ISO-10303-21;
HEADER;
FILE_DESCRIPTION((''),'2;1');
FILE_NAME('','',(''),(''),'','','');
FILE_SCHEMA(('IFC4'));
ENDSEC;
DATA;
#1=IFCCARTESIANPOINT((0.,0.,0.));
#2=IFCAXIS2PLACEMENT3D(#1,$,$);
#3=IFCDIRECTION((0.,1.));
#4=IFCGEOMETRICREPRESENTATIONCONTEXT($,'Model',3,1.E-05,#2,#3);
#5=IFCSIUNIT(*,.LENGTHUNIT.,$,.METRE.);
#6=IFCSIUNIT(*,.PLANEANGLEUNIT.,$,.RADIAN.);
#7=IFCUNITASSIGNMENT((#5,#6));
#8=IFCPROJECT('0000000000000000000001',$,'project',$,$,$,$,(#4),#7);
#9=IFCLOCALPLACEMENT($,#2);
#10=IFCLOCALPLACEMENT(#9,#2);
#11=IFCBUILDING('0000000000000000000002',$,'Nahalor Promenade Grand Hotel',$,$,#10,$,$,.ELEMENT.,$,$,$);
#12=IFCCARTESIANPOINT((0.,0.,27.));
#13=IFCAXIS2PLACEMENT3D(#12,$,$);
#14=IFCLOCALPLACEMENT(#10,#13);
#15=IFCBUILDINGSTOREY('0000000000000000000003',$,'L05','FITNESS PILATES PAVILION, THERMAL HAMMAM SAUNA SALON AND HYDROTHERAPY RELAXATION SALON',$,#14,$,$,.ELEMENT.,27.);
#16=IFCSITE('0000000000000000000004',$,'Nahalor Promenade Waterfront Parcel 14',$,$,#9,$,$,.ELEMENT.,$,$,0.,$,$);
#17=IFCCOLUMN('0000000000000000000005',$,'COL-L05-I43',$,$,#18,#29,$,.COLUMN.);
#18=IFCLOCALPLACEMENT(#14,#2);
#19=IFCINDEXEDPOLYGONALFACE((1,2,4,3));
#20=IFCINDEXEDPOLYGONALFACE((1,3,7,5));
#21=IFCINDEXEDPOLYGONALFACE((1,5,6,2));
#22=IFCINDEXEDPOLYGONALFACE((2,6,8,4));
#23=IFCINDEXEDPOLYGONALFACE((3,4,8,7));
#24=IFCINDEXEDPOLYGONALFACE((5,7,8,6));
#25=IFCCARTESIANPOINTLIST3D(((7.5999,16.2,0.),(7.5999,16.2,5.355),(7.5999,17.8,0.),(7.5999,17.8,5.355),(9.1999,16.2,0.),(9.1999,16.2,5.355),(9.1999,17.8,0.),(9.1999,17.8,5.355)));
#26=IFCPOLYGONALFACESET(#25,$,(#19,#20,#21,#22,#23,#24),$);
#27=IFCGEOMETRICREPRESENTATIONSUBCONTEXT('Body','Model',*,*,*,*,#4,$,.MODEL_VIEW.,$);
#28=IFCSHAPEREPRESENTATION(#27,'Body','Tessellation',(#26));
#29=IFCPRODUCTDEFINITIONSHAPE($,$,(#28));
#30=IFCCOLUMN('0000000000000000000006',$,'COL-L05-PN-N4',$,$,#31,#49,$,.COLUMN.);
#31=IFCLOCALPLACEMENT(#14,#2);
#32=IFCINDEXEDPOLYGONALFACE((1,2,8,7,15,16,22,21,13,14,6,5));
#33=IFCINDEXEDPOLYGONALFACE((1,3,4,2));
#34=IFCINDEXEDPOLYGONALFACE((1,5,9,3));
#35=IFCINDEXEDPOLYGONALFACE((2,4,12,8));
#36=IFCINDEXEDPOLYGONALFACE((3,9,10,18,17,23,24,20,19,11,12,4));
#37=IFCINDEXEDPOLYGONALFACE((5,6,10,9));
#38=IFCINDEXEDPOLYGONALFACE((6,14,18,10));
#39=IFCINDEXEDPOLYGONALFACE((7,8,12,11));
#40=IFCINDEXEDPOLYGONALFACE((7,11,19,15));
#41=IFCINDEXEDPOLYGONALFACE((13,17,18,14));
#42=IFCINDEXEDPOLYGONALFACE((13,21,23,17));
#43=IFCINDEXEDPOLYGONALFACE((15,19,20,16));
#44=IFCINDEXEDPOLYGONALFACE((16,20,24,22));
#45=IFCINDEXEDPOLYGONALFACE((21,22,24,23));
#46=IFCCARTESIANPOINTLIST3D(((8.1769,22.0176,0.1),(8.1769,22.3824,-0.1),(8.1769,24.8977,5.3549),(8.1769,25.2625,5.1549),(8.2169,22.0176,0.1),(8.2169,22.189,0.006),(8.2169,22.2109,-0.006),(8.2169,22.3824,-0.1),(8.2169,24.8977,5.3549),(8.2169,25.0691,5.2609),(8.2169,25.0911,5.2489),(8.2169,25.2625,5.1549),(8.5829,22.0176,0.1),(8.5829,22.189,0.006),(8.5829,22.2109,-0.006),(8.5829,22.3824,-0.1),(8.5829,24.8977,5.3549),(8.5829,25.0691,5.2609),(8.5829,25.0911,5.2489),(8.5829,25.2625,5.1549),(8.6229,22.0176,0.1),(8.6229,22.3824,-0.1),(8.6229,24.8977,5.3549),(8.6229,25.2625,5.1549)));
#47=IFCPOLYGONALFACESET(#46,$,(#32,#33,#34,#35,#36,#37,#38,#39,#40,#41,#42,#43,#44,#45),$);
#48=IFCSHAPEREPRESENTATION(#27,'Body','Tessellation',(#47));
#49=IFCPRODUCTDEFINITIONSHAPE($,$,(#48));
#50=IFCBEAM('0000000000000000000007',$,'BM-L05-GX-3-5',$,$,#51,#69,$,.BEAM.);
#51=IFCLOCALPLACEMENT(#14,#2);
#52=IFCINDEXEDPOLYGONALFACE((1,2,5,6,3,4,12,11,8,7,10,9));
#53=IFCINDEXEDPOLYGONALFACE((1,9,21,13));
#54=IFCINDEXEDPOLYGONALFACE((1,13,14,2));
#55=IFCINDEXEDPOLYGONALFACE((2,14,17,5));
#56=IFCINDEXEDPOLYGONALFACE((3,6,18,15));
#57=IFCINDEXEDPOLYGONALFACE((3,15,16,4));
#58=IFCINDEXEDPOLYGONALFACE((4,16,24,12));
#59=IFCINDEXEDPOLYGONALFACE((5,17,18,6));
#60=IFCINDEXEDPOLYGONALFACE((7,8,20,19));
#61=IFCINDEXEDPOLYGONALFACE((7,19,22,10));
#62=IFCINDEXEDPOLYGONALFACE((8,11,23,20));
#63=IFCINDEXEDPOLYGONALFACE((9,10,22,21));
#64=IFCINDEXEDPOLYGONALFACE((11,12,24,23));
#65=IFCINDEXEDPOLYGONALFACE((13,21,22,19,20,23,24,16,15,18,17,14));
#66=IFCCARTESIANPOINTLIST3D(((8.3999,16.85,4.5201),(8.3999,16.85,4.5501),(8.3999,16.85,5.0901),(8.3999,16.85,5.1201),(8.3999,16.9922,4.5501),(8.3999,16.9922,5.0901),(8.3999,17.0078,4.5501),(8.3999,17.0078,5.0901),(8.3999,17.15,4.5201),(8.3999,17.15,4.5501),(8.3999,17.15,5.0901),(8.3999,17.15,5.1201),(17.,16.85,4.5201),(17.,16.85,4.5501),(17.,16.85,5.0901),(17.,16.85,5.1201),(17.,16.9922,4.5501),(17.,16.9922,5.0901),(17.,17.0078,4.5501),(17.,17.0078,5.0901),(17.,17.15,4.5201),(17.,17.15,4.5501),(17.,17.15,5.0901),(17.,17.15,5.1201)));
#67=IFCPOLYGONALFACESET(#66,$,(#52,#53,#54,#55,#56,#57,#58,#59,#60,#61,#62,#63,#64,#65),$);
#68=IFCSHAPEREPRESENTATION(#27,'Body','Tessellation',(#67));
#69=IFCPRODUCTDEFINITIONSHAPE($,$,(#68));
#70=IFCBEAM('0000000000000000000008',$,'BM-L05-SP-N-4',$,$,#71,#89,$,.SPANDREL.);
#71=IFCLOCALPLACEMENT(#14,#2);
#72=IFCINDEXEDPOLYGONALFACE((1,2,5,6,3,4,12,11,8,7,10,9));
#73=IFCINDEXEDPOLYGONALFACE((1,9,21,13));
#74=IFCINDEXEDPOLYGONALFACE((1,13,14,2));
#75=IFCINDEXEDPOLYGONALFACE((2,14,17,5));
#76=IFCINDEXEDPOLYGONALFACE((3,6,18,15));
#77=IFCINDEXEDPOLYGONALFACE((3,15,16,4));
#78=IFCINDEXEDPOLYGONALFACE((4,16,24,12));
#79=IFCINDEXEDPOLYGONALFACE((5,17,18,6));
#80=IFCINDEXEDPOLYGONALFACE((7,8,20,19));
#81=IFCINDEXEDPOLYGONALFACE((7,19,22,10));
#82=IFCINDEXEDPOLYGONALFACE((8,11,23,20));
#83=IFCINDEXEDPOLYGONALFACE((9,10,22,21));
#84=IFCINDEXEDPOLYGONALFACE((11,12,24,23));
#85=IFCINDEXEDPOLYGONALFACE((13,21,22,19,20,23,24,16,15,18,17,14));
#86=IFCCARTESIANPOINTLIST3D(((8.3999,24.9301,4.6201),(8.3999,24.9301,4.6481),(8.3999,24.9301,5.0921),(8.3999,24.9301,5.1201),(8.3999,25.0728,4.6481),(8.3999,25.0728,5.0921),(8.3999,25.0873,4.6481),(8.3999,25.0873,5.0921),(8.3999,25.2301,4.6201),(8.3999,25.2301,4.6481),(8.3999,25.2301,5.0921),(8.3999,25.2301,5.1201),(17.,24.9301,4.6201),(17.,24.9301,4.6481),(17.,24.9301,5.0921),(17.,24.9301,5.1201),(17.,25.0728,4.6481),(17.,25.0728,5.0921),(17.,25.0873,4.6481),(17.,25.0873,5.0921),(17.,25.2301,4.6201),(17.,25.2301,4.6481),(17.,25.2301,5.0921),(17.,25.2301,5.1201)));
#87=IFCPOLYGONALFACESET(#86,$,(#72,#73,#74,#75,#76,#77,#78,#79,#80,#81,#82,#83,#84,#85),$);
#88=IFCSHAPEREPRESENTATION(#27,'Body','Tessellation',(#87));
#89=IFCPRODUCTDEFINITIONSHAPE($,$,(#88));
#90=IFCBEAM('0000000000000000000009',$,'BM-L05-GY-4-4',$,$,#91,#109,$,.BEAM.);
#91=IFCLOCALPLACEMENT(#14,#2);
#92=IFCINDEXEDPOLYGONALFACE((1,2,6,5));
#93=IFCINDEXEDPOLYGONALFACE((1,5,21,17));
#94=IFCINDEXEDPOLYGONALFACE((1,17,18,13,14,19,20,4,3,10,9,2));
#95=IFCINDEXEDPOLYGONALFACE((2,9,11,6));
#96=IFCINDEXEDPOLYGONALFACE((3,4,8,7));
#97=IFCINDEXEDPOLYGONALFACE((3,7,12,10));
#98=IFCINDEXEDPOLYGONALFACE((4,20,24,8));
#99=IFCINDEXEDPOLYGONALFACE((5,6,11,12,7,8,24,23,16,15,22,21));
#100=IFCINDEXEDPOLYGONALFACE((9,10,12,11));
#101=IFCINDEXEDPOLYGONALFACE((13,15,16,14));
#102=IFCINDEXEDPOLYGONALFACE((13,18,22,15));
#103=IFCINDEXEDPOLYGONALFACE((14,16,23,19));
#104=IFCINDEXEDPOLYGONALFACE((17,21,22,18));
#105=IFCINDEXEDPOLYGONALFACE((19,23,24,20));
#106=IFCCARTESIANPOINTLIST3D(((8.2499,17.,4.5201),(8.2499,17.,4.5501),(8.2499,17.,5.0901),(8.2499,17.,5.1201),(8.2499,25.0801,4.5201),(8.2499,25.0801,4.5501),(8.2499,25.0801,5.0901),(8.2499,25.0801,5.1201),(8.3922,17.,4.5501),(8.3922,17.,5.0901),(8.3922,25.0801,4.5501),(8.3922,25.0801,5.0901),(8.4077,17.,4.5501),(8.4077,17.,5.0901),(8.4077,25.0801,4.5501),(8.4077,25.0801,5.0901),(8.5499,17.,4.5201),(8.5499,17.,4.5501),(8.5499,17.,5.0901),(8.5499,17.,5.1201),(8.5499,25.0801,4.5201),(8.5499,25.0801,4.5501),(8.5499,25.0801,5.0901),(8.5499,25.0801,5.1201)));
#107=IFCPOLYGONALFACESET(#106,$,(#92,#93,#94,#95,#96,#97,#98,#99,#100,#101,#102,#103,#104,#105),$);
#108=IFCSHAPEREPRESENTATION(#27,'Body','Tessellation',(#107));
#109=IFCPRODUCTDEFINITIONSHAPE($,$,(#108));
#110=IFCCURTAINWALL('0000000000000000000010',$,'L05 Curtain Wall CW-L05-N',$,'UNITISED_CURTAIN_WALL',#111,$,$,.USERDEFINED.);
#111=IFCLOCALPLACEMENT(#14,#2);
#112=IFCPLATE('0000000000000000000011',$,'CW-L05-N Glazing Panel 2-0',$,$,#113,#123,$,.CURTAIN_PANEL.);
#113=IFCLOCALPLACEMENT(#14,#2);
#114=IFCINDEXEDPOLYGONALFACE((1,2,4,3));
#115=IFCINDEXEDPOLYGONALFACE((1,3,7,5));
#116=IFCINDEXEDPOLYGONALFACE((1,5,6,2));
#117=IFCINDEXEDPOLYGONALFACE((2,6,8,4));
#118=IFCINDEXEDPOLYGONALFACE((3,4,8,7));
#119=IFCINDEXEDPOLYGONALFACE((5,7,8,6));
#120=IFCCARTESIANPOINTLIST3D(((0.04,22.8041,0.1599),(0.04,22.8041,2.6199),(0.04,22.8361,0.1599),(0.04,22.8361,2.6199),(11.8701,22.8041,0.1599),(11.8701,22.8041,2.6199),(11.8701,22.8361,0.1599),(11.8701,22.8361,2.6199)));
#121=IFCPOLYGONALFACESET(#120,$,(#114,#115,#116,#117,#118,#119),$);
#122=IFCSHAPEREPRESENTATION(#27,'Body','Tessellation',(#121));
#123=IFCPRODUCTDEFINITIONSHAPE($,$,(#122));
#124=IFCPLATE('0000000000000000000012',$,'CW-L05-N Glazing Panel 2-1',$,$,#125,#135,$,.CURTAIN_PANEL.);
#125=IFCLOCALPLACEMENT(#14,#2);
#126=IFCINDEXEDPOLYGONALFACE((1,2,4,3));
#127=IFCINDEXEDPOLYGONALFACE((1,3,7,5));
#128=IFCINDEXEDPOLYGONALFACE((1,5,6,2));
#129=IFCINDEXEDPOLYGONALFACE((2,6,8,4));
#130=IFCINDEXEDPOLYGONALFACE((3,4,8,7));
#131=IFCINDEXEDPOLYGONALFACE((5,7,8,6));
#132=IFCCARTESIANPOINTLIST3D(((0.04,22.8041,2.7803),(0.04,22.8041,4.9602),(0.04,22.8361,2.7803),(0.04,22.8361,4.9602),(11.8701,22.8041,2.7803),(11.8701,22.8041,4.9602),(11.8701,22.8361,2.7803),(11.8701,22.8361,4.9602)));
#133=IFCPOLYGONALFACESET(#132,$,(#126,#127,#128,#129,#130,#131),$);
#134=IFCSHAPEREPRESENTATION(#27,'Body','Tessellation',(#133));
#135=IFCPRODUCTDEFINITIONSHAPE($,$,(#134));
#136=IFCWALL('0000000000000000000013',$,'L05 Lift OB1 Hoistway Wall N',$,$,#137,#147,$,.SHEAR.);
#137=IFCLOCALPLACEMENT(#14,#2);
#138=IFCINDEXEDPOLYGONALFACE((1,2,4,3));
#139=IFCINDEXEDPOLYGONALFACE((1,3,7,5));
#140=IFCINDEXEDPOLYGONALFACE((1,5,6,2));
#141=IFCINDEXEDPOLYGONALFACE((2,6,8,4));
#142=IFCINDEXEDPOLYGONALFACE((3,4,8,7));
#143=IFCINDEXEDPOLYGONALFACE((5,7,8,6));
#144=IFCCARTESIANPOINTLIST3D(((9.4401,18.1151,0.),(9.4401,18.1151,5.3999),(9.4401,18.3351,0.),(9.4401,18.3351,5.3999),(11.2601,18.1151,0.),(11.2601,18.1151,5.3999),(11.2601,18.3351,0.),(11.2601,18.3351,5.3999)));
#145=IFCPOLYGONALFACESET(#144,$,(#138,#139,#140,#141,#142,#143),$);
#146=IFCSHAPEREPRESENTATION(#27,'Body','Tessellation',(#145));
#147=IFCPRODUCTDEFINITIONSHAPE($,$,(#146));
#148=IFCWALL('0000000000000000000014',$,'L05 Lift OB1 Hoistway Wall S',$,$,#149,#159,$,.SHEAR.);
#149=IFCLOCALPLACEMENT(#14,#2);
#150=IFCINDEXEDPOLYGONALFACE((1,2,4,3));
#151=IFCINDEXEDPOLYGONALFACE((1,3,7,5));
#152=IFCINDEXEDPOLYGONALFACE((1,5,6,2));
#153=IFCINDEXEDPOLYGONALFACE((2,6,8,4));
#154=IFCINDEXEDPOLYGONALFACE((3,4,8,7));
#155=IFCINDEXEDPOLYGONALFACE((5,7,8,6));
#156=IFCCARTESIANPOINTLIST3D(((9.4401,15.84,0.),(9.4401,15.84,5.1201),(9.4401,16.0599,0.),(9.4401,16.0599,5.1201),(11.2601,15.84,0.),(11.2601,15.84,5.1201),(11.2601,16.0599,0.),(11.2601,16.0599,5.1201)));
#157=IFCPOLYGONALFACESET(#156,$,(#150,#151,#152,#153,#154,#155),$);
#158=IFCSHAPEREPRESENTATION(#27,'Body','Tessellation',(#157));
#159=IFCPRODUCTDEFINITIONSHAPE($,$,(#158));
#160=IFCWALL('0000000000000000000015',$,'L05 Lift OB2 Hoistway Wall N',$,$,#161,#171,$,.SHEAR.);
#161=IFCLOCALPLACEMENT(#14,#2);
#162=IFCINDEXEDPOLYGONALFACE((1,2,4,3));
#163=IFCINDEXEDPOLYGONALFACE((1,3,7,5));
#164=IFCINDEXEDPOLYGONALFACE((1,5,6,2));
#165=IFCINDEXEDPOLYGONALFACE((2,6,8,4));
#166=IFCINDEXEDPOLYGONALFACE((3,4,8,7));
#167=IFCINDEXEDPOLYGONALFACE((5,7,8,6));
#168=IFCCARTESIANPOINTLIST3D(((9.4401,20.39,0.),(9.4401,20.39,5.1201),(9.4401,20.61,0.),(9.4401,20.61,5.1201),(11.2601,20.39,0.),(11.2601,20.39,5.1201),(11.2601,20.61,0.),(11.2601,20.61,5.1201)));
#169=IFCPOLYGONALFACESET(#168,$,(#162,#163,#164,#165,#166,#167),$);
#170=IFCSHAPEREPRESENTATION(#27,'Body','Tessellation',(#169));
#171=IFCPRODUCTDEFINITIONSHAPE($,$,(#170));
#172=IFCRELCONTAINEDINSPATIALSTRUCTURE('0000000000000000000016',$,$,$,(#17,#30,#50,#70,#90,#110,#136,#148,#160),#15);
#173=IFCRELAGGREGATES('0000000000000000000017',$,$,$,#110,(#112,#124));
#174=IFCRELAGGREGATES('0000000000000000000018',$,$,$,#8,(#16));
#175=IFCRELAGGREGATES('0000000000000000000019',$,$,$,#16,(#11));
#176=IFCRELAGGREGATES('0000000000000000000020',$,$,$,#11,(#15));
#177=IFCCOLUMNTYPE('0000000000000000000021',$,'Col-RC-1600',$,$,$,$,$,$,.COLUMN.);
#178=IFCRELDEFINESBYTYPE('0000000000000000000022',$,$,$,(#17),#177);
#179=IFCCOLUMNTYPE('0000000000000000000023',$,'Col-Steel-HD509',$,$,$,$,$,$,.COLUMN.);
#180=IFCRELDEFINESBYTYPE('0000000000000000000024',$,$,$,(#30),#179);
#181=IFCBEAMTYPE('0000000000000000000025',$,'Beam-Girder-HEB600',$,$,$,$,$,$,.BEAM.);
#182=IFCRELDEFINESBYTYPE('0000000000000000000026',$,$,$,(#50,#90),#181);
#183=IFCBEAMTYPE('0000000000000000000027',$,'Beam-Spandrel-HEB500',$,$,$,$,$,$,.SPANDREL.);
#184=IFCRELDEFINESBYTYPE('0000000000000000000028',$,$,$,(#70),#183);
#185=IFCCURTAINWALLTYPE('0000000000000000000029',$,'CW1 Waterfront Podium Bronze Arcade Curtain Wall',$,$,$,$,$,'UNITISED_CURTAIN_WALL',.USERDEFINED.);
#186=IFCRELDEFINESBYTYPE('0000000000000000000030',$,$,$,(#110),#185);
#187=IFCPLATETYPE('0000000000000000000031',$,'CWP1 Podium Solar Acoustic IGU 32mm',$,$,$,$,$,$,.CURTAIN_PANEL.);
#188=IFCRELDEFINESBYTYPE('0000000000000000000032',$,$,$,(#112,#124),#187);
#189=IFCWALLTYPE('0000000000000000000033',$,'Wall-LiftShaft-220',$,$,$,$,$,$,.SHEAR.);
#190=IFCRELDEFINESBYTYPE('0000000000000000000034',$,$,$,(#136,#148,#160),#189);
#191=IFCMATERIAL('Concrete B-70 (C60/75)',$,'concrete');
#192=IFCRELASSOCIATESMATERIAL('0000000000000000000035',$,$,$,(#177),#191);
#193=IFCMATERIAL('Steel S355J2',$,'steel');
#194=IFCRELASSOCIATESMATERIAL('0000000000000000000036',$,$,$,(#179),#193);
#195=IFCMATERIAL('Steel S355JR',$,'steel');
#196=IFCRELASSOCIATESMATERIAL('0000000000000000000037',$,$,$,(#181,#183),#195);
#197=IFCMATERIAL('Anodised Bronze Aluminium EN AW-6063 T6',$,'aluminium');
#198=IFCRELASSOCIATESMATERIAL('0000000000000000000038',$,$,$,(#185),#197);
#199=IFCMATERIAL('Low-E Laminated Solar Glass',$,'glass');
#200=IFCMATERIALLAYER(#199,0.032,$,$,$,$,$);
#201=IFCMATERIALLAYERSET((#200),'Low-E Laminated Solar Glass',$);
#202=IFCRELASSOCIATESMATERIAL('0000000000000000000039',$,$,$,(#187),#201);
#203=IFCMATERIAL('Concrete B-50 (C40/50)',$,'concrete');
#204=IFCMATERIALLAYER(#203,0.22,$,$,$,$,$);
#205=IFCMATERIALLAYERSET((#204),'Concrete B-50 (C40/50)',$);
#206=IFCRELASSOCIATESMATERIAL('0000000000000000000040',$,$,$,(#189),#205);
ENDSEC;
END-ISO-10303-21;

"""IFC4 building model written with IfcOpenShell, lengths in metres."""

from ifc_helpers import new_model, si_unit, direction, frame, frame_2d, origin, origin_2d, place, context, subcontext, project, spatial, rectangle, i_section, extrude, source, transform, mapped, material, layer, layer_set, material_profile, profile_set, type_object, element, aggregate, save


model = new_model("IFC4")

# Units and contexts
model_context = context("Model", 3, precision=1e-05, world=origin(), true_north=direction((0.0, 1.0)))
body_context = subcontext(model_context, "Body", "Model", "MODEL_VIEW")
ifc_project = project(units=[si_unit("LENGTHUNIT", "METRE"), si_unit("PLANEANGLEUNIT", "RADIAN")], contexts=[model_context])

# Site, building, storey
site_placement = place(None, origin())
site = spatial("IfcSite", under=ifc_project, at=site_placement, Name="Nahalor Promenade Waterfront Parcel 14", CompositionType="ELEMENT", RefElevation=0.0)
building_placement = place(site_placement, origin())
building = spatial("IfcBuilding", under=site, at=building_placement, Name="Nahalor Promenade Grand Hotel", CompositionType="ELEMENT")
storey_placement = place(building_placement, frame((0.0, 0.0, 27.0)))
storey = spatial("IfcBuildingStorey", under=building, at=storey_placement, Name="L05", Description="FITNESS PILATES PAVILION, THERMAL HAMMAM SAUNA SALON AND HYDROTHERAPY RELAXATION SALON", CompositionType="ELEMENT", Elevation=27.0)

# Columns
ifc_material_1 = material(Name="Concrete B-70 (C60/75)", Category="concrete")
ifc_material_profile_1 = material_profile(ifc_material_1, rectangle(XDim=1.6, YDim=1.6, at=origin_2d()), Name="RC 1600x1600")
ifc_profile_set_1 = profile_set([ifc_material_profile_1], Name="Concrete B-70 (C60/75)")
column_type_1 = type_object("IfcColumnType", Name="Col-RC-1600", PredefinedType="COLUMN", material=ifc_profile_set_1)
shared_shape_1 = source(origin(), body_context, "Body", "SweptSolid", [
    extrude(rectangle(XDim=1.6, YDim=1.6, at=origin_2d()), origin(), (0.0, 0.0, 1.0), 5.355),
])
column_1_placement = place(storey_placement, frame((8.3999, 17.0, 0.0), z_axis=(0.0, 0.0, 1.0), x_axis=(1.0, 0.0, 0.0)))
element("IfcColumn", 1, at=column_1_placement, inside=storey, type_object=column_type_1, Name="COL-L05-I43", PredefinedType="COLUMN", context=body_context, shape_type="MappedRepresentation", body=[
    mapped(shared_shape_1, transform((0.0, 0.0, 0.0), scale=1.0)),
])
ifc_material_2 = material(Name="Steel S355J2", Category="steel")
ifc_material_profile_2 = material_profile(ifc_material_2, i_section(OverallWidth=0.416, OverallDepth=0.446, WebThickness=0.025, FlangeThickness=0.04, at=origin_2d()), Name="HD 400x509")
ifc_profile_set_2 = profile_set([ifc_material_profile_2], Name="Steel S355J2")
column_type_2 = type_object("IfcColumnType", Name="Col-Steel-HD509", PredefinedType="COLUMN", material=ifc_profile_set_2)
shared_shape_2 = source(origin(), body_context, "Body", "SweptSolid", [
    extrude(i_section(OverallWidth=0.416, OverallDepth=0.446, WebThickness=0.025, FlangeThickness=0.04, at=origin_2d()), origin(), (0.0, 0.0, 1.0), 5.9924),
])
column_2_placement = place(storey_placement, frame((8.3999, 22.2, 0.0), z_axis=(0.0, 0.48063, 0.876924), x_axis=(0.0, -0.876924, 0.48063)))
element("IfcColumn", 2, at=column_2_placement, inside=storey, type_object=column_type_2, Name="COL-L05-PN-N4", PredefinedType="COLUMN", context=body_context, shape_type="MappedRepresentation", body=[
    mapped(shared_shape_2, transform((0.0, 0.0, 0.0), scale=1.0)),
])

# Beams
ifc_material_3 = material(Name="Steel S355JR", Category="steel")
ifc_material_profile_3 = material_profile(ifc_material_3, i_section(OverallWidth=0.3, OverallDepth=0.6, WebThickness=0.0155, FlangeThickness=0.03, at=origin_2d()), Name="HEB 600")
ifc_profile_set_3 = profile_set([ifc_material_profile_3], Name="Steel S355JR")
beam_type_1 = type_object("IfcBeamType", Name="Beam-Girder-HEB600", PredefinedType="BEAM", material=ifc_profile_set_3)
shared_shape_3 = source(origin(), body_context, "Body", "SweptSolid", [
    extrude(i_section(OverallWidth=0.3, OverallDepth=0.6, WebThickness=0.0155, FlangeThickness=0.03, at=origin_2d()), origin(), (0.0, 0.0, 1.0), 8.6001),
])
beam_1_placement = place(storey_placement, frame((8.3999, 17.0, 4.8201), z_axis=(1.0, 0.0, 0.0), x_axis=(0.0, 1.0, 0.0)))
element("IfcBeam", 3, at=beam_1_placement, inside=storey, type_object=beam_type_1, Name="BM-L05-GX-3-5", PredefinedType="BEAM", context=body_context, shape_type="MappedRepresentation", body=[
    mapped(shared_shape_3, transform((0.0, 0.0, 0.0), scale=1.0)),
])
ifc_material_profile_4 = material_profile(ifc_material_3, i_section(OverallWidth=0.3, OverallDepth=0.5, WebThickness=0.0145, FlangeThickness=0.028, at=origin_2d()), Name="HEB 500")
ifc_profile_set_4 = profile_set([ifc_material_profile_4], Name="Steel S355JR")
beam_type_2 = type_object("IfcBeamType", Name="Beam-Spandrel-HEB500", PredefinedType="SPANDREL", material=ifc_profile_set_4)
shared_shape_4 = source(origin(), body_context, "Body", "SweptSolid", [
    extrude(i_section(OverallWidth=0.3, OverallDepth=0.5, WebThickness=0.0145, FlangeThickness=0.028, at=origin_2d()), origin(), (0.0, 0.0, 1.0), 8.6001),
])
beam_2_placement = place(storey_placement, frame((8.3999, 25.0801, 4.8701), z_axis=(1.0, 0.0, 0.0), x_axis=(0.0, 1.0, 0.0)))
element("IfcBeam", 4, at=beam_2_placement, inside=storey, type_object=beam_type_2, Name="BM-L05-SP-N-4", PredefinedType="SPANDREL", context=body_context, shape_type="MappedRepresentation", body=[
    mapped(shared_shape_4, transform((0.0, 0.0, 0.0), scale=1.0)),
])
shared_shape_5 = source(origin(), body_context, "Body", "SweptSolid", [
    extrude(i_section(OverallWidth=0.3, OverallDepth=0.6, WebThickness=0.0155, FlangeThickness=0.03, at=origin_2d()), origin(), (0.0, 0.0, 1.0), 8.0801),
])
beam_3_placement = place(storey_placement, frame((8.3999, 17.0, 4.8201), z_axis=(0.0, 1.0, 0.0), x_axis=(-1.0, 0.0, 0.0)))
element("IfcBeam", 5, at=beam_3_placement, inside=storey, type_object=beam_type_1, Name="BM-L05-GY-4-4", PredefinedType="BEAM", context=body_context, shape_type="MappedRepresentation", body=[
    mapped(shared_shape_5, transform((0.0, 0.0, 0.0), scale=1.0)),
])

# Curtain wall, plates
ifc_material_4 = material(Name="Anodised Bronze Aluminium EN AW-6063 T6", Category="aluminium")
curtain_wall_type = type_object("IfcCurtainWallType", Name="CW1 Waterfront Podium Bronze Arcade Curtain Wall", ElementType="UNITISED_CURTAIN_WALL", PredefinedType="USERDEFINED", material=ifc_material_4)
curtain_wall_placement = place(storey_placement, origin())
curtain_wall = element("IfcCurtainWall", 6, at=curtain_wall_placement, inside=storey, type_object=curtain_wall_type, Name="L05 Curtain Wall CW-L05-N", ObjectType="UNITISED_CURTAIN_WALL", PredefinedType="USERDEFINED")
ifc_material_5 = material(Name="Low-E Laminated Solar Glass", Category="glass")
ifc_layer_1 = layer(ifc_material_5, 0.032)
ifc_layer_set_1 = layer_set([ifc_layer_1], Name="Low-E Laminated Solar Glass")
plate_type = type_object("IfcPlateType", Name="CWP1 Podium Solar Acoustic IGU 32mm", PredefinedType="CURTAIN_PANEL", material=ifc_layer_set_1)
shared_shape_6 = source(origin(), body_context, "Body", "SweptSolid", [
    extrude(rectangle(XDim=11.8301, YDim=0.032, at=origin_2d()), origin(), (0.0, 0.0, 1.0), 2.46),
])
plate_1_placement = place(storey_placement, frame((5.9551, 22.8201, 0.1599), z_axis=(0.0, 0.0, 1.0), x_axis=(1.0, 0.0, 0.0)))
plate_1 = element("IfcPlate", 7, at=plate_1_placement, type_object=plate_type, Name="CW-L05-N Glazing Panel 2-0", PredefinedType="CURTAIN_PANEL", context=body_context, shape_type="MappedRepresentation", body=[
    mapped(shared_shape_6, transform((0.0, 0.0, 0.0), scale=1.0)),
])
shared_shape_7 = source(origin(), body_context, "Body", "SweptSolid", [
    extrude(rectangle(XDim=11.8301, YDim=0.032, at=origin_2d()), origin(), (0.0, 0.0, 1.0), 2.1799),
])
plate_2_placement = place(storey_placement, frame((5.9551, 22.8201, 2.7803), z_axis=(0.0, 0.0, 1.0), x_axis=(1.0, 0.0, 0.0)))
plate_2 = element("IfcPlate", 8, at=plate_2_placement, type_object=plate_type, Name="CW-L05-N Glazing Panel 2-1", PredefinedType="CURTAIN_PANEL", context=body_context, shape_type="MappedRepresentation", body=[
    mapped(shared_shape_7, transform((0.0, 0.0, 0.0), scale=1.0)),
])
aggregate(curtain_wall, [plate_1, plate_2])

# Walls
ifc_material_6 = material(Name="Concrete B-50 (C40/50)", Category="concrete")
ifc_layer_2 = layer(ifc_material_6, 0.22)
ifc_layer_set_2 = layer_set([ifc_layer_2], Name="Concrete B-50 (C40/50)")
wall_type_1 = type_object("IfcWallType", Name="Wall-LiftShaft-220", PredefinedType="SHEAR", material=ifc_layer_set_2)
shared_shape_8 = source(origin(), body_context, "Body", "SweptSolid", [
    extrude(rectangle(XDim=1.8201, YDim=0.22, at=frame_2d((0.9102, 0.0))), origin(), (0.0, 0.0, 1.0), 5.3999),
])
wall_1_placement = place(storey_placement, frame((9.4399, 18.2251, 0.0), z_axis=(0.0, 0.0, 1.0), x_axis=(1.0, 0.0, 0.0)))
element("IfcWall", 9, at=wall_1_placement, inside=storey, type_object=wall_type_1, Name="L05 Lift OB1 Hoistway Wall N", PredefinedType="SHEAR", context=body_context, shape_type="MappedRepresentation", body=[
    mapped(shared_shape_8, transform((0.0, 0.0, 0.0), scale=1.0)),
])
shared_shape_9 = source(origin(), body_context, "Body", "SweptSolid", [
    extrude(rectangle(XDim=1.8201, YDim=0.22, at=frame_2d((0.9102, 0.0))), origin(), (0.0, 0.0, 1.0), 5.1201),
])
for number, where, z_axis, x_axis, name in (
    (10, (9.4399, 15.95, 0.0), (0.0, 0.0, 1.0), (1.0, 0.0, 0.0), "L05 Lift OB1 Hoistway Wall S"),
    (11, (9.4399, 20.5, 0.0), (0.0, 0.0, 1.0), (1.0, 0.0, 0.0), "L05 Lift OB2 Hoistway Wall N"),
):
    element("IfcWall", number, at=place(storey_placement, frame(where, z_axis=z_axis, x_axis=x_axis)), inside=storey, type_object=wall_type_1, Name=name, PredefinedType="SHEAR", context=body_context, shape_type="MappedRepresentation", body=[
        mapped(shared_shape_9, transform((0.0, 0.0, 0.0), scale=1.0)),
    ])

save(model, "model.ifc")
